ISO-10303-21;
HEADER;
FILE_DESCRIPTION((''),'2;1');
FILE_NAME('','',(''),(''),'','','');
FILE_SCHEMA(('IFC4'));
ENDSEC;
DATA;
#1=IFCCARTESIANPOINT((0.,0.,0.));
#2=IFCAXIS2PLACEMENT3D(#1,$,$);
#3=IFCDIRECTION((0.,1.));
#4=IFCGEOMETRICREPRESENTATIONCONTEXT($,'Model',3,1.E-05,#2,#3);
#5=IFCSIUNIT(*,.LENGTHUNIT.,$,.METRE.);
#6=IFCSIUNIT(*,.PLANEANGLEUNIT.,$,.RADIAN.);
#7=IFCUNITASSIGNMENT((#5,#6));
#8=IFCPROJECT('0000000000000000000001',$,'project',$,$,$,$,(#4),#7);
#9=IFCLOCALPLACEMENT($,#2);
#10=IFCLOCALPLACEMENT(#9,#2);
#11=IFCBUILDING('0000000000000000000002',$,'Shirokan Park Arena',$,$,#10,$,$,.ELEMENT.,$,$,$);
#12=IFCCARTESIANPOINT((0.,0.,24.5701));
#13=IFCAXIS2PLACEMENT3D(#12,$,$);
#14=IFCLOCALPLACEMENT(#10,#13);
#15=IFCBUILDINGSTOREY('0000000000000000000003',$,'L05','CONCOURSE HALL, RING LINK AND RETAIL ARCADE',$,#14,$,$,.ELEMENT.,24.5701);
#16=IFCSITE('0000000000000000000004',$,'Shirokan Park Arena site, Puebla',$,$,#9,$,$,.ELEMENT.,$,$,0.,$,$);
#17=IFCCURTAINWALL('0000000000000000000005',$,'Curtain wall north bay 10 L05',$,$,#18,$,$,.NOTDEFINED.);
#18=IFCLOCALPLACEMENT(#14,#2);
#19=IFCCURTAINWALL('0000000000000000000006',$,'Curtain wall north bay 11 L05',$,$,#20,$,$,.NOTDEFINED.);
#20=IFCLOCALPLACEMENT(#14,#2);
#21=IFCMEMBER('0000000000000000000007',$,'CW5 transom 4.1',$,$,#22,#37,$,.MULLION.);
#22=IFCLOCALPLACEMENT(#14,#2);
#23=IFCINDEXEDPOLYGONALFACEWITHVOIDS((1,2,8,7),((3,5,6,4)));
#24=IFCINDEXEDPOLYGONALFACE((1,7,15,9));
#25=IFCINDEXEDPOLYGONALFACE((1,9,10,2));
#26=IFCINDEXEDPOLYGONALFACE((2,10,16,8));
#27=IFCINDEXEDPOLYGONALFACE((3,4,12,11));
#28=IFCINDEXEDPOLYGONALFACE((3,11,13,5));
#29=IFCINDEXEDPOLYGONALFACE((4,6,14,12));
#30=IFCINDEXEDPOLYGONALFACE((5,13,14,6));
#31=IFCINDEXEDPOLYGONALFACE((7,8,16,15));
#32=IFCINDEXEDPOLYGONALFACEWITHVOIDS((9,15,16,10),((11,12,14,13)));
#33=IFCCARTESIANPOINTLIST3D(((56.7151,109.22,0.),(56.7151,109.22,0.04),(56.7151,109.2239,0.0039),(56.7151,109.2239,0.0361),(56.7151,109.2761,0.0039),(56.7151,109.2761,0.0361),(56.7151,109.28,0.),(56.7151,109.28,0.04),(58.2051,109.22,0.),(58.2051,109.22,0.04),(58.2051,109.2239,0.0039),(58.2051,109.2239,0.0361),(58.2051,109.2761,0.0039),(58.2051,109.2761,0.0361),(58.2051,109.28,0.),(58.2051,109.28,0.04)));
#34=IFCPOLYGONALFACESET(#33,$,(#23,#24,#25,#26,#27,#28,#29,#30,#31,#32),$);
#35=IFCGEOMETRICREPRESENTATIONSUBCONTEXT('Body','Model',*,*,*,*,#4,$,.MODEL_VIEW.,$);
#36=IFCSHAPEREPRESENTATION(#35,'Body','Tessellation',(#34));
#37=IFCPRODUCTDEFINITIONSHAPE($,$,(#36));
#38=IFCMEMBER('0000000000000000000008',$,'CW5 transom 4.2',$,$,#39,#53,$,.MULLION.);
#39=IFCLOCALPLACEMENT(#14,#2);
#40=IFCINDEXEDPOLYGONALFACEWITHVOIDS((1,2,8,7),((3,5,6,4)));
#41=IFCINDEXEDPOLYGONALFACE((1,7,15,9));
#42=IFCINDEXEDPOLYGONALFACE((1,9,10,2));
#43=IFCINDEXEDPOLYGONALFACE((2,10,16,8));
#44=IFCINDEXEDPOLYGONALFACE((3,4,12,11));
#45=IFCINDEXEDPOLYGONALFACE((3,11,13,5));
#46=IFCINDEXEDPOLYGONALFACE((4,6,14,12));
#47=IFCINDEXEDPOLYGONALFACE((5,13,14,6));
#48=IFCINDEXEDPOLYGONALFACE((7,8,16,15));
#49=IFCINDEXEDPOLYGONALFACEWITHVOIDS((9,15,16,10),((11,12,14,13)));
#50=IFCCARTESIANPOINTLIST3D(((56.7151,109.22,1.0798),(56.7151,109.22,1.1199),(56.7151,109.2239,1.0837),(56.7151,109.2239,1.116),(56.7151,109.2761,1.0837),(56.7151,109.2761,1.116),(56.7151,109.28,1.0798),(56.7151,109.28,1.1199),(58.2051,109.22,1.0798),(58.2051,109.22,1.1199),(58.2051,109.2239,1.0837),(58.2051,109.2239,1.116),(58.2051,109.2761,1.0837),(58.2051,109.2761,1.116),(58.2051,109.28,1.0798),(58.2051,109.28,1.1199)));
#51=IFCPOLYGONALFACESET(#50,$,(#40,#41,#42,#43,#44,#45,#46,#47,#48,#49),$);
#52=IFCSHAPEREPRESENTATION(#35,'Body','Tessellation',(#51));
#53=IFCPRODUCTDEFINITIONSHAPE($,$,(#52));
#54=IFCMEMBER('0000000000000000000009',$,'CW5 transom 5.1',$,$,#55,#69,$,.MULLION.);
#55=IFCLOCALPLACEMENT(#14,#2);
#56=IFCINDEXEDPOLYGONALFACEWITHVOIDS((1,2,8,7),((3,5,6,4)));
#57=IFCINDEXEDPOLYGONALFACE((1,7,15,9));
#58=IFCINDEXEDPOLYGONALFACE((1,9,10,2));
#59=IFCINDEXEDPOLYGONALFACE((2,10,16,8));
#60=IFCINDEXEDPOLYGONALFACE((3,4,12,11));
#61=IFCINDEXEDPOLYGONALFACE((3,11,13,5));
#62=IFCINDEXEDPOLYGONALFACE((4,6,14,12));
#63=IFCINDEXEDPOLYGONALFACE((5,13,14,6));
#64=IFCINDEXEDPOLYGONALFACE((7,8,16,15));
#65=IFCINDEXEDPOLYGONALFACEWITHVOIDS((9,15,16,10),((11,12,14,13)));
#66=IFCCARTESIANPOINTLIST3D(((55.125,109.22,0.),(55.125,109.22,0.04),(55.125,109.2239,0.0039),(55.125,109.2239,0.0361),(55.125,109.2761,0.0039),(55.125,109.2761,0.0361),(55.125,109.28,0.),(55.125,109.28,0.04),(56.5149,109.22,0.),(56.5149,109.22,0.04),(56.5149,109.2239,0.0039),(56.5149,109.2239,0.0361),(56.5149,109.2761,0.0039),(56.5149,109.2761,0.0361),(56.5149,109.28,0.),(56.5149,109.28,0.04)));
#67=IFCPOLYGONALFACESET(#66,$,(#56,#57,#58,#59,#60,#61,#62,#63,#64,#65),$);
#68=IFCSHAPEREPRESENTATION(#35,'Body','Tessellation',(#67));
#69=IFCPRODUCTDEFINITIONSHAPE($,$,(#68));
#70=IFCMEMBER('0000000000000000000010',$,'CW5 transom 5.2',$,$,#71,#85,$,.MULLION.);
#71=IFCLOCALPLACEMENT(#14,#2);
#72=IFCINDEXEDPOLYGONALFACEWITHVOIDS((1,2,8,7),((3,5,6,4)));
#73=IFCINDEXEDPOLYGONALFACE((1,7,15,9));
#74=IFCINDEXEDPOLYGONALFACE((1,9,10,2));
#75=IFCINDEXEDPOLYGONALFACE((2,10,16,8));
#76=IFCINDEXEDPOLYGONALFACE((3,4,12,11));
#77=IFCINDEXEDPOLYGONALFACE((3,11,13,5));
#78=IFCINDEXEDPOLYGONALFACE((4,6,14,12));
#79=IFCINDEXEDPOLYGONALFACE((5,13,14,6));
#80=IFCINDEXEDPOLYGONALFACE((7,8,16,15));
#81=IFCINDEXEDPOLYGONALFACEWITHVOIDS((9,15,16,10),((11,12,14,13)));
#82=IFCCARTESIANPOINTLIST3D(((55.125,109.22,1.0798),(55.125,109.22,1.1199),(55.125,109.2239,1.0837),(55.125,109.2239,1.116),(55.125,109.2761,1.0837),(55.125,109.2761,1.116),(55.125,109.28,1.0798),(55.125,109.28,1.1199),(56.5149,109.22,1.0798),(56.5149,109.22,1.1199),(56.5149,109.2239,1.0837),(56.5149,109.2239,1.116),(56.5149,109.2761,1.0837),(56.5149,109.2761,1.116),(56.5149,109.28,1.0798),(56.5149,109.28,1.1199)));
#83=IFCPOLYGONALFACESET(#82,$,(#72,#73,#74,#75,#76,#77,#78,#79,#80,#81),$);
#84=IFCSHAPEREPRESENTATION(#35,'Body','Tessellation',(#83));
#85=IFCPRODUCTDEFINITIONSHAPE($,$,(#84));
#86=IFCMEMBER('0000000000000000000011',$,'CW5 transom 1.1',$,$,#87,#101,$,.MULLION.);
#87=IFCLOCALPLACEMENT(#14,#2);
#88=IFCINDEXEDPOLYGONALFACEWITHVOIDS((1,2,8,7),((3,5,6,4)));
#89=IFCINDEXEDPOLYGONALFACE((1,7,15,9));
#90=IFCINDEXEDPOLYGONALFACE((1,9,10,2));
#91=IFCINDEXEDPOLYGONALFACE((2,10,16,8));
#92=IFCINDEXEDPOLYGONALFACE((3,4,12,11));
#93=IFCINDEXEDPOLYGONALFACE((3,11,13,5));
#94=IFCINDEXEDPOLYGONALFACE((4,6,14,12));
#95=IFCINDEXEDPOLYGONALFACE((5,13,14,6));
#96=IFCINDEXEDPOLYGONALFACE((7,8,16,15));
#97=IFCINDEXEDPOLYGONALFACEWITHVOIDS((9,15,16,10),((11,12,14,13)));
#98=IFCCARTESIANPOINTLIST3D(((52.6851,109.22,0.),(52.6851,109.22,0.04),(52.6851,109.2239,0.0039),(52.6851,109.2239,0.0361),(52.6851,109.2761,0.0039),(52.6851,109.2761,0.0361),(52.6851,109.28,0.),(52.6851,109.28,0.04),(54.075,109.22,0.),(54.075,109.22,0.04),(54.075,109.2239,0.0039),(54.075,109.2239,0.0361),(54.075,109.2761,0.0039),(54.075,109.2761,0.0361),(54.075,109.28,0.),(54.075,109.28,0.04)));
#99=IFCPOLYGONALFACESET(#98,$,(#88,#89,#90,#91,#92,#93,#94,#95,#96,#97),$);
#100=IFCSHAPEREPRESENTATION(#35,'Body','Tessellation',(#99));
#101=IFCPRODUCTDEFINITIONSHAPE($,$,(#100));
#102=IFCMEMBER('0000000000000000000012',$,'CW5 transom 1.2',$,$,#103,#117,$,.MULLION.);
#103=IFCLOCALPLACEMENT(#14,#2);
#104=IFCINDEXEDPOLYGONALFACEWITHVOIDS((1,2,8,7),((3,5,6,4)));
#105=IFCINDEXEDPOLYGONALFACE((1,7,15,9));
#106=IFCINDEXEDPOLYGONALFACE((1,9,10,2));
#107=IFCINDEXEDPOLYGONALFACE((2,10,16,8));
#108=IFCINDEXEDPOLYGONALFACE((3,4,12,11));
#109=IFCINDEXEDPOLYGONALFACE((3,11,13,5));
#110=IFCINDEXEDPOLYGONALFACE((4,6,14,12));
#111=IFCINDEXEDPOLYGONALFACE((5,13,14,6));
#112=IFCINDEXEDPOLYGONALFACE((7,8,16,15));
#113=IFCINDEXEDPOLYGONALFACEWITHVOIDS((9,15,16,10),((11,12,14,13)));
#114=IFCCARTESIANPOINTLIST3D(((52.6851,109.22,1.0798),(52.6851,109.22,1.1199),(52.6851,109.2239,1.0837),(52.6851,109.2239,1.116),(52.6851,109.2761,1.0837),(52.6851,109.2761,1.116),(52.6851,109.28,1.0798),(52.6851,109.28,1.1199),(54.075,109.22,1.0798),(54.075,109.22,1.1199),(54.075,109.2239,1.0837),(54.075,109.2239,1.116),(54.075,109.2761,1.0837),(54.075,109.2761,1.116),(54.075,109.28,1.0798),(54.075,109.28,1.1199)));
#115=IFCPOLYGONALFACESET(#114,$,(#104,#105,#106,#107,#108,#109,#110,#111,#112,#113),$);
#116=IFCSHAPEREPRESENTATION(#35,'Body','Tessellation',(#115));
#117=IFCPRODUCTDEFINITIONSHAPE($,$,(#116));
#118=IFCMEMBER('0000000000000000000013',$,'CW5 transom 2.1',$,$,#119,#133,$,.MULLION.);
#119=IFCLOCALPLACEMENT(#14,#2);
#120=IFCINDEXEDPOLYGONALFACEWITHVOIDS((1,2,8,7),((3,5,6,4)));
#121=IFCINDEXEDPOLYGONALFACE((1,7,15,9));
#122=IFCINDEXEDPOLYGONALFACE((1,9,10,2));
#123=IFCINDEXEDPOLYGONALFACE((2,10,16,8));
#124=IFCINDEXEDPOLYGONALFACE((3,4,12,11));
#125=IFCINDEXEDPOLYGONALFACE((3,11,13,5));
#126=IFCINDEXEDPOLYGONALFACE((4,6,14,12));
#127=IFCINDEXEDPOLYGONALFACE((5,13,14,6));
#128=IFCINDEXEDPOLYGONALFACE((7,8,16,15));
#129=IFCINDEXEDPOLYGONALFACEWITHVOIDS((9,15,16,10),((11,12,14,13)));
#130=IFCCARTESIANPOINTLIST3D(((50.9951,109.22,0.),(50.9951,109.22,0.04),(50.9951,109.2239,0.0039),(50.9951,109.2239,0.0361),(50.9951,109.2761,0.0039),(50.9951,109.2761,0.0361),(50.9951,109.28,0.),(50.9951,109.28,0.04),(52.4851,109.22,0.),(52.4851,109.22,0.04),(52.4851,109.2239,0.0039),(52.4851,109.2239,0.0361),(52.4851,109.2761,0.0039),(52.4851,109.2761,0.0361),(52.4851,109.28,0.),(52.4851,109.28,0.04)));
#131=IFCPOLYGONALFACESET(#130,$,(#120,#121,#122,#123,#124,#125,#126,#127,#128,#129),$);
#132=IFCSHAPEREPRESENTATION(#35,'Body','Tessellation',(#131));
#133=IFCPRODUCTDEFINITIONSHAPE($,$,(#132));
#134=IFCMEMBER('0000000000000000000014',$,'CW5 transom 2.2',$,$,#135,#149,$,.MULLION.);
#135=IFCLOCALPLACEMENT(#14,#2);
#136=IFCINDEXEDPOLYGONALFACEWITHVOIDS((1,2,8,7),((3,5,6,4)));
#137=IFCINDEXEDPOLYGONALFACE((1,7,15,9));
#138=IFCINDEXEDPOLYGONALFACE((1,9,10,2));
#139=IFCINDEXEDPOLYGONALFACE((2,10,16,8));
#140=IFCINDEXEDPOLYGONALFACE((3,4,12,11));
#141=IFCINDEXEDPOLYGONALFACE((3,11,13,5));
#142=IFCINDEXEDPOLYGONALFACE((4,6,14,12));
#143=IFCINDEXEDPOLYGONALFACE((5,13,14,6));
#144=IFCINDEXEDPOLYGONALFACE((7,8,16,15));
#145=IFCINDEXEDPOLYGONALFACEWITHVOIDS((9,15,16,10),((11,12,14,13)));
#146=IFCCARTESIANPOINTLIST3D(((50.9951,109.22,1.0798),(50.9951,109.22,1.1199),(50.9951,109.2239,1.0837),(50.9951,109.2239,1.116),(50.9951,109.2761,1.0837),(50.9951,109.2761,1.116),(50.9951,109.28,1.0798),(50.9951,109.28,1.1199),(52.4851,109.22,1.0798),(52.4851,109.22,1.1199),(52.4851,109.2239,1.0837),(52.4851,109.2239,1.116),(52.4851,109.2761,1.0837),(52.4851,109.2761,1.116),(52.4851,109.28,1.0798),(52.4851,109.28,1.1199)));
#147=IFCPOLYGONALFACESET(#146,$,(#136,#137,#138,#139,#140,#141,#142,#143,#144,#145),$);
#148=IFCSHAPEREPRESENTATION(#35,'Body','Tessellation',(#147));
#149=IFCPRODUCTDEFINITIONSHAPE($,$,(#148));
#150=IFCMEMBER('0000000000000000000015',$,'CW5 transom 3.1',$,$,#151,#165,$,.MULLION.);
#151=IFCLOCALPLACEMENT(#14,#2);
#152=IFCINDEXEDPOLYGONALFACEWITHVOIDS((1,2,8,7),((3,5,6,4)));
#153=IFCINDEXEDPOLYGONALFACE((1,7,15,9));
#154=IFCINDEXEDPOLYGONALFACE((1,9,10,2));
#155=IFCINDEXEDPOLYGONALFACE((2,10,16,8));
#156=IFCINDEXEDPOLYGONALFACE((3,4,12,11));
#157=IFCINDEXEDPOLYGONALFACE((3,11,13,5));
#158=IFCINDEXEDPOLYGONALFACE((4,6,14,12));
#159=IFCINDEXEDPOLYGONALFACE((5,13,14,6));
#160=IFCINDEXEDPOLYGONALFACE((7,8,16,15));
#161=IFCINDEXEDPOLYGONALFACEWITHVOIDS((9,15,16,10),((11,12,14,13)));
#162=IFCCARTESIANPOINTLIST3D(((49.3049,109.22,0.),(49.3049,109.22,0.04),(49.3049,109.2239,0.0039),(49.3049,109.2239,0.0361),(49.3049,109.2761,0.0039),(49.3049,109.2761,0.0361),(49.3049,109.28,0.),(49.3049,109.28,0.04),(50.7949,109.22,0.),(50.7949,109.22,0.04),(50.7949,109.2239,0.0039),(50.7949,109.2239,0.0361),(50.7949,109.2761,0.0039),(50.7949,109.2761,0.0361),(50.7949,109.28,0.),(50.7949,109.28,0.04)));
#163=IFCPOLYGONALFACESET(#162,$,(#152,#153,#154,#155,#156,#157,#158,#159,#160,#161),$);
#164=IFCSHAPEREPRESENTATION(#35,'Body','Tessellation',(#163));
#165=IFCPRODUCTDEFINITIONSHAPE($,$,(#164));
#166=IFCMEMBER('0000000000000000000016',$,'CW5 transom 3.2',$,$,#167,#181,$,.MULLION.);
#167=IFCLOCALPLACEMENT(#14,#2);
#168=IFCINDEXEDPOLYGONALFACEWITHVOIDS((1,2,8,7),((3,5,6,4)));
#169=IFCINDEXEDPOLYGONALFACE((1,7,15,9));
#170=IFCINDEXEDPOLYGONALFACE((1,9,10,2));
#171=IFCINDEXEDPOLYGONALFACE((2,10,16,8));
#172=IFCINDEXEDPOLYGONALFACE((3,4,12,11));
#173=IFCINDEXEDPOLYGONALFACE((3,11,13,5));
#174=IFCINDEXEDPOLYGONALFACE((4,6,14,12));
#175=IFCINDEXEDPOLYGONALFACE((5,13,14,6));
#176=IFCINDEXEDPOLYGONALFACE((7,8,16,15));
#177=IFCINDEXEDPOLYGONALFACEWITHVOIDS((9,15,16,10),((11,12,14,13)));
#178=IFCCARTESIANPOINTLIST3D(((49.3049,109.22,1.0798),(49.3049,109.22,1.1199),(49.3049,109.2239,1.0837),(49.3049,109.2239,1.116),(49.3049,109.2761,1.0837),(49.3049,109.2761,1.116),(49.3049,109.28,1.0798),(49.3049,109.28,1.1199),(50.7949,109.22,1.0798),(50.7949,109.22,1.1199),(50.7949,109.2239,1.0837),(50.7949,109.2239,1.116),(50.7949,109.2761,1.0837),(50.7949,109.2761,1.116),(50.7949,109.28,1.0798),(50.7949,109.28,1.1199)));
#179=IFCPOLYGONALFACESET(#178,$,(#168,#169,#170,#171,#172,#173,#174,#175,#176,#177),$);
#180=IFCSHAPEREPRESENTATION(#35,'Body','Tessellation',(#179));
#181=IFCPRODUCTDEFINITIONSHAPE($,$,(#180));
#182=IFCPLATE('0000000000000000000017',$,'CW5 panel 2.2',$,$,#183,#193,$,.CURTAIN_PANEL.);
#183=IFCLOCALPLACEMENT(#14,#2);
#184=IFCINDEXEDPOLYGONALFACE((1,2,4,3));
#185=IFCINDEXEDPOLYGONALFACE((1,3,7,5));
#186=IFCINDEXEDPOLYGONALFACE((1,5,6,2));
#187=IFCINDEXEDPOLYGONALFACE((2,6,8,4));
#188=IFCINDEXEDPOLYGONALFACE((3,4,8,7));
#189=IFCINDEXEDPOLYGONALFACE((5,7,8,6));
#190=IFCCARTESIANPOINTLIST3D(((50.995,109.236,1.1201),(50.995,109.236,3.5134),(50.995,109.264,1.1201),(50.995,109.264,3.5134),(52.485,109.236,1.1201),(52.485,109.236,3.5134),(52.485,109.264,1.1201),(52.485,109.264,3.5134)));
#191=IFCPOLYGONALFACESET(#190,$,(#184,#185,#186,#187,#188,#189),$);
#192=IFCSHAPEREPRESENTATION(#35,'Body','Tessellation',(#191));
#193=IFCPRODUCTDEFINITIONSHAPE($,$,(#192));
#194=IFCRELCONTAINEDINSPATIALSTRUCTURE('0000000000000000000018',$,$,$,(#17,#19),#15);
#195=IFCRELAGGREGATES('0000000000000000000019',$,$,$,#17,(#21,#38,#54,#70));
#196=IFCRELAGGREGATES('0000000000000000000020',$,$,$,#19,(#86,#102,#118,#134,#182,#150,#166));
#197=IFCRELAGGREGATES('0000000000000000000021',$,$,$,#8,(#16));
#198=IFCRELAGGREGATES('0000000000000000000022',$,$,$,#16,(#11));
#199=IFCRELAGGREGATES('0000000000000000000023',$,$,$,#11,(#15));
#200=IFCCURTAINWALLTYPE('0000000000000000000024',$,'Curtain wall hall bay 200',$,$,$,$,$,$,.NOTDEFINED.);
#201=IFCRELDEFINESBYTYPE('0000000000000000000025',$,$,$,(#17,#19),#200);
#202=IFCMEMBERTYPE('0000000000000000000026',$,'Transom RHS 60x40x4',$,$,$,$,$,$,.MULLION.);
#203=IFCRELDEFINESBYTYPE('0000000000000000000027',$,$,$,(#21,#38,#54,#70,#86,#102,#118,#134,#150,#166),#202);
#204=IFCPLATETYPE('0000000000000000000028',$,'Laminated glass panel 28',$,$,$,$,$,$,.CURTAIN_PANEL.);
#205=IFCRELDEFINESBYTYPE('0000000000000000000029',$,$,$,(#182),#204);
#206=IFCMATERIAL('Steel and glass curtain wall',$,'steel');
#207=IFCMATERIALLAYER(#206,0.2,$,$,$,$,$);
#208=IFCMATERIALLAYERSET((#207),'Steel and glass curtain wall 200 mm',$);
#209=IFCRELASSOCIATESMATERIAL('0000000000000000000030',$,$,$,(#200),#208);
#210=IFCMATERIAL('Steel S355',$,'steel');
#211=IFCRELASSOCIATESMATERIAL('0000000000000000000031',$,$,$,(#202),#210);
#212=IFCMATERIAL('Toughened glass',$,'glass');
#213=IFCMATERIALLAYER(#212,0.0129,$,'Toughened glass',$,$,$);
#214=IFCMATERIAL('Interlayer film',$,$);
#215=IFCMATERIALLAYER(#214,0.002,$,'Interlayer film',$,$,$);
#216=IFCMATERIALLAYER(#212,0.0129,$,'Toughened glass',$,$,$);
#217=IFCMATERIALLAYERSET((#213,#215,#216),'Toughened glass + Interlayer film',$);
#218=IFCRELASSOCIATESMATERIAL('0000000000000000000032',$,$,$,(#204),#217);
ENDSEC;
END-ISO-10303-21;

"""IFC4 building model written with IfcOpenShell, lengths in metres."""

from ifc_helpers import new_model, si_unit, direction, frame, origin, origin_2d, place, context, subcontext, project, spatial, rectangle, hollow_rectangle, extrude, material, layer, layer_set, material_profile, profile_set, type_object, element, aggregate, save


model = new_model("IFC4")

# Units and contexts
model_context = context("Model", 3, precision=1e-05, world=origin(), true_north=direction((0.0, 1.0)))
body_context = subcontext(model_context, "Body", "Model", "MODEL_VIEW")
ifc_project = project(units=[si_unit("LENGTHUNIT", "METRE"), si_unit("PLANEANGLEUNIT", "RADIAN")], contexts=[model_context])

# Site, building, storey
site_placement = place(None, origin())
site = spatial("IfcSite", under=ifc_project, at=site_placement, Name="Shirokan Park Arena site, Puebla", CompositionType="ELEMENT", RefElevation=0.0)
building_placement = place(site_placement, origin())
building = spatial("IfcBuilding", under=site, at=building_placement, Name="Shirokan Park Arena", CompositionType="ELEMENT")
storey_placement = place(building_placement, frame((0.0, 0.0, 24.5701)))
storey = spatial("IfcBuildingStorey", under=building, at=storey_placement, Name="L05", Description="CONCOURSE HALL, RING LINK AND RETAIL ARCADE", CompositionType="ELEMENT", Elevation=24.5701)

# Curtain walls
ifc_material_1 = material(Name="Steel and glass curtain wall", Category="steel")
ifc_layer_1 = layer(ifc_material_1, 0.2)
ifc_layer_set_1 = layer_set([ifc_layer_1], Name="Steel and glass curtain wall 200 mm")
curtain_wall_type = type_object("IfcCurtainWallType", Name="Curtain wall hall bay 200", PredefinedType="NOTDEFINED", material=ifc_layer_set_1)
curtain_wall_1_placement = place(storey_placement, origin())
curtain_wall_1 = element("IfcCurtainWall", 1, at=curtain_wall_1_placement, inside=storey, type_object=curtain_wall_type, Name="Curtain wall north bay 10 L05", PredefinedType="NOTDEFINED")
ifc_material_2 = material(Name="Steel S355", Category="steel")
curtain_wall_2_placement = place(storey_placement, origin())
curtain_wall_2 = element("IfcCurtainWall", 2, at=curtain_wall_2_placement, inside=storey, type_object=curtain_wall_type, Name="Curtain wall north bay 11 L05", PredefinedType="NOTDEFINED")

# Members
ifc_material_profile_1 = material_profile(ifc_material_2, hollow_rectangle(XDim=0.0601, YDim=0.04, WallThickness=0.0039, at=origin_2d()), Name="RHS 60x40x4")
ifc_profile_set_1 = profile_set([ifc_material_profile_1], Name="Steel S355")
member_type_1 = type_object("IfcMemberType", Name="Transom RHS 60x40x4", PredefinedType="MULLION", material=ifc_profile_set_1)
member_1_placement = place(storey_placement, frame((58.2051, 109.25, 0.02), z_axis=(-1.0, 0.0, 0.0), x_axis=(0.0, -1.0, 0.0)))
member_1 = element("IfcMember", 3, at=member_1_placement, type_object=member_type_1, Name="CW5 transom 4.1", PredefinedType="MULLION", context=body_context, shape_type="SweptSolid", body=[
    extrude(hollow_rectangle(XDim=0.0601, YDim=0.04, WallThickness=0.0039, at=origin_2d()), origin(), (0.0, 0.0, 1.0), 1.49),
])
member_2_placement = place(storey_placement, frame((58.2051, 109.25, 1.0999), z_axis=(-1.0, 0.0, 0.0), x_axis=(0.0, -1.0, 0.0)))
member_2 = element("IfcMember", 4, at=member_2_placement, type_object=member_type_1, Name="CW5 transom 4.2", PredefinedType="MULLION", context=body_context, shape_type="SweptSolid", body=[
    extrude(hollow_rectangle(XDim=0.0601, YDim=0.04, WallThickness=0.0039, at=origin_2d()), origin(), (0.0, 0.0, 1.0), 1.49),
])
member_3_placement = place(storey_placement, frame((56.5149, 109.25, 0.02), z_axis=(-1.0, 0.0, 0.0), x_axis=(0.0, -1.0, 0.0)))
member_3 = element("IfcMember", 5, at=member_3_placement, type_object=member_type_1, Name="CW5 transom 5.1", PredefinedType="MULLION", context=body_context, shape_type="SweptSolid", body=[
    extrude(hollow_rectangle(XDim=0.0601, YDim=0.04, WallThickness=0.0039, at=origin_2d()), origin(), (0.0, 0.0, 1.0), 1.3899),
])
member_4_placement = place(storey_placement, frame((56.5149, 109.25, 1.0999), z_axis=(-1.0, 0.0, 0.0), x_axis=(0.0, -1.0, 0.0)))
member_4 = element("IfcMember", 6, at=member_4_placement, type_object=member_type_1, Name="CW5 transom 5.2", PredefinedType="MULLION", context=body_context, shape_type="SweptSolid", body=[
    extrude(hollow_rectangle(XDim=0.0601, YDim=0.04, WallThickness=0.0039, at=origin_2d()), origin(), (0.0, 0.0, 1.0), 1.3899),
])
member_5_placement = place(storey_placement, frame((54.075, 109.25, 0.02), z_axis=(-1.0, 0.0, 0.0), x_axis=(0.0, -1.0, 0.0)))
member_5 = element("IfcMember", 7, at=member_5_placement, type_object=member_type_1, Name="CW5 transom 1.1", PredefinedType="MULLION", context=body_context, shape_type="SweptSolid", body=[
    extrude(hollow_rectangle(XDim=0.0601, YDim=0.04, WallThickness=0.0039, at=origin_2d()), origin(), (0.0, 0.0, 1.0), 1.3899),
])
member_6_placement = place(storey_placement, frame((54.075, 109.25, 1.0999), z_axis=(-1.0, 0.0, 0.0), x_axis=(0.0, -1.0, 0.0)))
member_6 = element("IfcMember", 8, at=member_6_placement, type_object=member_type_1, Name="CW5 transom 1.2", PredefinedType="MULLION", context=body_context, shape_type="SweptSolid", body=[
    extrude(hollow_rectangle(XDim=0.0601, YDim=0.04, WallThickness=0.0039, at=origin_2d()), origin(), (0.0, 0.0, 1.0), 1.3899),
])
member_7_placement = place(storey_placement, frame((52.4851, 109.25, 0.02), z_axis=(-1.0, 0.0, 0.0), x_axis=(0.0, -1.0, 0.0)))
member_7 = element("IfcMember", 9, at=member_7_placement, type_object=member_type_1, Name="CW5 transom 2.1", PredefinedType="MULLION", context=body_context, shape_type="SweptSolid", body=[
    extrude(hollow_rectangle(XDim=0.0601, YDim=0.04, WallThickness=0.0039, at=origin_2d()), origin(), (0.0, 0.0, 1.0), 1.49),
])
member_8_placement = place(storey_placement, frame((52.4851, 109.25, 1.0999), z_axis=(-1.0, 0.0, 0.0), x_axis=(0.0, -1.0, 0.0)))
member_8 = element("IfcMember", 10, at=member_8_placement, type_object=member_type_1, Name="CW5 transom 2.2", PredefinedType="MULLION", context=body_context, shape_type="SweptSolid", body=[
    extrude(hollow_rectangle(XDim=0.0601, YDim=0.04, WallThickness=0.0039, at=origin_2d()), origin(), (0.0, 0.0, 1.0), 1.49),
])
member_9_placement = place(storey_placement, frame((50.7949, 109.25, 0.02), z_axis=(-1.0, 0.0, 0.0), x_axis=(0.0, -1.0, 0.0)))
member_9 = element("IfcMember", 11, at=member_9_placement, type_object=member_type_1, Name="CW5 transom 3.1", PredefinedType="MULLION", context=body_context, shape_type="SweptSolid", body=[
    extrude(hollow_rectangle(XDim=0.0601, YDim=0.04, WallThickness=0.0039, at=origin_2d()), origin(), (0.0, 0.0, 1.0), 1.49),
])
member_10_placement = place(storey_placement, frame((50.7949, 109.25, 1.0999), z_axis=(-1.0, 0.0, 0.0), x_axis=(0.0, -1.0, 0.0)))
member_10 = element("IfcMember", 12, at=member_10_placement, type_object=member_type_1, Name="CW5 transom 3.2", PredefinedType="MULLION", context=body_context, shape_type="SweptSolid", body=[
    extrude(hollow_rectangle(XDim=0.0601, YDim=0.04, WallThickness=0.0039, at=origin_2d()), origin(), (0.0, 0.0, 1.0), 1.49),
])

# Plate
ifc_material_3 = material(Name="Toughened glass", Category="glass")
ifc_layer_2 = layer(ifc_material_3, 0.0129, Name="Toughened glass")
ifc_material_4 = material(Name="Interlayer film")
ifc_layer_3 = layer(ifc_material_4, 0.002, Name="Interlayer film")
ifc_layer_4 = layer(ifc_material_3, 0.0129, Name="Toughened glass")
ifc_layer_set_2 = layer_set([ifc_layer_2, ifc_layer_3, ifc_layer_4], Name="Toughened glass + Interlayer film")
plate_type_1 = type_object("IfcPlateType", Name="Laminated glass panel 28", PredefinedType="CURTAIN_PANEL", material=ifc_layer_set_2)
plate_1_placement = place(storey_placement, frame((51.74, 109.25, 1.1201), z_axis=(0.0, 0.0, 1.0), x_axis=(-1.0, 0.0, 0.0)))
plate_1 = element("IfcPlate", 13, at=plate_1_placement, type_object=plate_type_1, Name="CW5 panel 2.2", PredefinedType="CURTAIN_PANEL", context=body_context, shape_type="SweptSolid", body=[
    extrude(rectangle(XDim=1.49, YDim=0.0281, at=origin_2d()), origin(), (0.0, 0.0, 1.0), 2.3933),
])
aggregate(curtain_wall_1, [member_1, member_2, member_3, member_4])
aggregate(curtain_wall_2, [member_5, member_6, member_7, member_8, plate_1, member_9, member_10])

save(model, "model.ifc")
